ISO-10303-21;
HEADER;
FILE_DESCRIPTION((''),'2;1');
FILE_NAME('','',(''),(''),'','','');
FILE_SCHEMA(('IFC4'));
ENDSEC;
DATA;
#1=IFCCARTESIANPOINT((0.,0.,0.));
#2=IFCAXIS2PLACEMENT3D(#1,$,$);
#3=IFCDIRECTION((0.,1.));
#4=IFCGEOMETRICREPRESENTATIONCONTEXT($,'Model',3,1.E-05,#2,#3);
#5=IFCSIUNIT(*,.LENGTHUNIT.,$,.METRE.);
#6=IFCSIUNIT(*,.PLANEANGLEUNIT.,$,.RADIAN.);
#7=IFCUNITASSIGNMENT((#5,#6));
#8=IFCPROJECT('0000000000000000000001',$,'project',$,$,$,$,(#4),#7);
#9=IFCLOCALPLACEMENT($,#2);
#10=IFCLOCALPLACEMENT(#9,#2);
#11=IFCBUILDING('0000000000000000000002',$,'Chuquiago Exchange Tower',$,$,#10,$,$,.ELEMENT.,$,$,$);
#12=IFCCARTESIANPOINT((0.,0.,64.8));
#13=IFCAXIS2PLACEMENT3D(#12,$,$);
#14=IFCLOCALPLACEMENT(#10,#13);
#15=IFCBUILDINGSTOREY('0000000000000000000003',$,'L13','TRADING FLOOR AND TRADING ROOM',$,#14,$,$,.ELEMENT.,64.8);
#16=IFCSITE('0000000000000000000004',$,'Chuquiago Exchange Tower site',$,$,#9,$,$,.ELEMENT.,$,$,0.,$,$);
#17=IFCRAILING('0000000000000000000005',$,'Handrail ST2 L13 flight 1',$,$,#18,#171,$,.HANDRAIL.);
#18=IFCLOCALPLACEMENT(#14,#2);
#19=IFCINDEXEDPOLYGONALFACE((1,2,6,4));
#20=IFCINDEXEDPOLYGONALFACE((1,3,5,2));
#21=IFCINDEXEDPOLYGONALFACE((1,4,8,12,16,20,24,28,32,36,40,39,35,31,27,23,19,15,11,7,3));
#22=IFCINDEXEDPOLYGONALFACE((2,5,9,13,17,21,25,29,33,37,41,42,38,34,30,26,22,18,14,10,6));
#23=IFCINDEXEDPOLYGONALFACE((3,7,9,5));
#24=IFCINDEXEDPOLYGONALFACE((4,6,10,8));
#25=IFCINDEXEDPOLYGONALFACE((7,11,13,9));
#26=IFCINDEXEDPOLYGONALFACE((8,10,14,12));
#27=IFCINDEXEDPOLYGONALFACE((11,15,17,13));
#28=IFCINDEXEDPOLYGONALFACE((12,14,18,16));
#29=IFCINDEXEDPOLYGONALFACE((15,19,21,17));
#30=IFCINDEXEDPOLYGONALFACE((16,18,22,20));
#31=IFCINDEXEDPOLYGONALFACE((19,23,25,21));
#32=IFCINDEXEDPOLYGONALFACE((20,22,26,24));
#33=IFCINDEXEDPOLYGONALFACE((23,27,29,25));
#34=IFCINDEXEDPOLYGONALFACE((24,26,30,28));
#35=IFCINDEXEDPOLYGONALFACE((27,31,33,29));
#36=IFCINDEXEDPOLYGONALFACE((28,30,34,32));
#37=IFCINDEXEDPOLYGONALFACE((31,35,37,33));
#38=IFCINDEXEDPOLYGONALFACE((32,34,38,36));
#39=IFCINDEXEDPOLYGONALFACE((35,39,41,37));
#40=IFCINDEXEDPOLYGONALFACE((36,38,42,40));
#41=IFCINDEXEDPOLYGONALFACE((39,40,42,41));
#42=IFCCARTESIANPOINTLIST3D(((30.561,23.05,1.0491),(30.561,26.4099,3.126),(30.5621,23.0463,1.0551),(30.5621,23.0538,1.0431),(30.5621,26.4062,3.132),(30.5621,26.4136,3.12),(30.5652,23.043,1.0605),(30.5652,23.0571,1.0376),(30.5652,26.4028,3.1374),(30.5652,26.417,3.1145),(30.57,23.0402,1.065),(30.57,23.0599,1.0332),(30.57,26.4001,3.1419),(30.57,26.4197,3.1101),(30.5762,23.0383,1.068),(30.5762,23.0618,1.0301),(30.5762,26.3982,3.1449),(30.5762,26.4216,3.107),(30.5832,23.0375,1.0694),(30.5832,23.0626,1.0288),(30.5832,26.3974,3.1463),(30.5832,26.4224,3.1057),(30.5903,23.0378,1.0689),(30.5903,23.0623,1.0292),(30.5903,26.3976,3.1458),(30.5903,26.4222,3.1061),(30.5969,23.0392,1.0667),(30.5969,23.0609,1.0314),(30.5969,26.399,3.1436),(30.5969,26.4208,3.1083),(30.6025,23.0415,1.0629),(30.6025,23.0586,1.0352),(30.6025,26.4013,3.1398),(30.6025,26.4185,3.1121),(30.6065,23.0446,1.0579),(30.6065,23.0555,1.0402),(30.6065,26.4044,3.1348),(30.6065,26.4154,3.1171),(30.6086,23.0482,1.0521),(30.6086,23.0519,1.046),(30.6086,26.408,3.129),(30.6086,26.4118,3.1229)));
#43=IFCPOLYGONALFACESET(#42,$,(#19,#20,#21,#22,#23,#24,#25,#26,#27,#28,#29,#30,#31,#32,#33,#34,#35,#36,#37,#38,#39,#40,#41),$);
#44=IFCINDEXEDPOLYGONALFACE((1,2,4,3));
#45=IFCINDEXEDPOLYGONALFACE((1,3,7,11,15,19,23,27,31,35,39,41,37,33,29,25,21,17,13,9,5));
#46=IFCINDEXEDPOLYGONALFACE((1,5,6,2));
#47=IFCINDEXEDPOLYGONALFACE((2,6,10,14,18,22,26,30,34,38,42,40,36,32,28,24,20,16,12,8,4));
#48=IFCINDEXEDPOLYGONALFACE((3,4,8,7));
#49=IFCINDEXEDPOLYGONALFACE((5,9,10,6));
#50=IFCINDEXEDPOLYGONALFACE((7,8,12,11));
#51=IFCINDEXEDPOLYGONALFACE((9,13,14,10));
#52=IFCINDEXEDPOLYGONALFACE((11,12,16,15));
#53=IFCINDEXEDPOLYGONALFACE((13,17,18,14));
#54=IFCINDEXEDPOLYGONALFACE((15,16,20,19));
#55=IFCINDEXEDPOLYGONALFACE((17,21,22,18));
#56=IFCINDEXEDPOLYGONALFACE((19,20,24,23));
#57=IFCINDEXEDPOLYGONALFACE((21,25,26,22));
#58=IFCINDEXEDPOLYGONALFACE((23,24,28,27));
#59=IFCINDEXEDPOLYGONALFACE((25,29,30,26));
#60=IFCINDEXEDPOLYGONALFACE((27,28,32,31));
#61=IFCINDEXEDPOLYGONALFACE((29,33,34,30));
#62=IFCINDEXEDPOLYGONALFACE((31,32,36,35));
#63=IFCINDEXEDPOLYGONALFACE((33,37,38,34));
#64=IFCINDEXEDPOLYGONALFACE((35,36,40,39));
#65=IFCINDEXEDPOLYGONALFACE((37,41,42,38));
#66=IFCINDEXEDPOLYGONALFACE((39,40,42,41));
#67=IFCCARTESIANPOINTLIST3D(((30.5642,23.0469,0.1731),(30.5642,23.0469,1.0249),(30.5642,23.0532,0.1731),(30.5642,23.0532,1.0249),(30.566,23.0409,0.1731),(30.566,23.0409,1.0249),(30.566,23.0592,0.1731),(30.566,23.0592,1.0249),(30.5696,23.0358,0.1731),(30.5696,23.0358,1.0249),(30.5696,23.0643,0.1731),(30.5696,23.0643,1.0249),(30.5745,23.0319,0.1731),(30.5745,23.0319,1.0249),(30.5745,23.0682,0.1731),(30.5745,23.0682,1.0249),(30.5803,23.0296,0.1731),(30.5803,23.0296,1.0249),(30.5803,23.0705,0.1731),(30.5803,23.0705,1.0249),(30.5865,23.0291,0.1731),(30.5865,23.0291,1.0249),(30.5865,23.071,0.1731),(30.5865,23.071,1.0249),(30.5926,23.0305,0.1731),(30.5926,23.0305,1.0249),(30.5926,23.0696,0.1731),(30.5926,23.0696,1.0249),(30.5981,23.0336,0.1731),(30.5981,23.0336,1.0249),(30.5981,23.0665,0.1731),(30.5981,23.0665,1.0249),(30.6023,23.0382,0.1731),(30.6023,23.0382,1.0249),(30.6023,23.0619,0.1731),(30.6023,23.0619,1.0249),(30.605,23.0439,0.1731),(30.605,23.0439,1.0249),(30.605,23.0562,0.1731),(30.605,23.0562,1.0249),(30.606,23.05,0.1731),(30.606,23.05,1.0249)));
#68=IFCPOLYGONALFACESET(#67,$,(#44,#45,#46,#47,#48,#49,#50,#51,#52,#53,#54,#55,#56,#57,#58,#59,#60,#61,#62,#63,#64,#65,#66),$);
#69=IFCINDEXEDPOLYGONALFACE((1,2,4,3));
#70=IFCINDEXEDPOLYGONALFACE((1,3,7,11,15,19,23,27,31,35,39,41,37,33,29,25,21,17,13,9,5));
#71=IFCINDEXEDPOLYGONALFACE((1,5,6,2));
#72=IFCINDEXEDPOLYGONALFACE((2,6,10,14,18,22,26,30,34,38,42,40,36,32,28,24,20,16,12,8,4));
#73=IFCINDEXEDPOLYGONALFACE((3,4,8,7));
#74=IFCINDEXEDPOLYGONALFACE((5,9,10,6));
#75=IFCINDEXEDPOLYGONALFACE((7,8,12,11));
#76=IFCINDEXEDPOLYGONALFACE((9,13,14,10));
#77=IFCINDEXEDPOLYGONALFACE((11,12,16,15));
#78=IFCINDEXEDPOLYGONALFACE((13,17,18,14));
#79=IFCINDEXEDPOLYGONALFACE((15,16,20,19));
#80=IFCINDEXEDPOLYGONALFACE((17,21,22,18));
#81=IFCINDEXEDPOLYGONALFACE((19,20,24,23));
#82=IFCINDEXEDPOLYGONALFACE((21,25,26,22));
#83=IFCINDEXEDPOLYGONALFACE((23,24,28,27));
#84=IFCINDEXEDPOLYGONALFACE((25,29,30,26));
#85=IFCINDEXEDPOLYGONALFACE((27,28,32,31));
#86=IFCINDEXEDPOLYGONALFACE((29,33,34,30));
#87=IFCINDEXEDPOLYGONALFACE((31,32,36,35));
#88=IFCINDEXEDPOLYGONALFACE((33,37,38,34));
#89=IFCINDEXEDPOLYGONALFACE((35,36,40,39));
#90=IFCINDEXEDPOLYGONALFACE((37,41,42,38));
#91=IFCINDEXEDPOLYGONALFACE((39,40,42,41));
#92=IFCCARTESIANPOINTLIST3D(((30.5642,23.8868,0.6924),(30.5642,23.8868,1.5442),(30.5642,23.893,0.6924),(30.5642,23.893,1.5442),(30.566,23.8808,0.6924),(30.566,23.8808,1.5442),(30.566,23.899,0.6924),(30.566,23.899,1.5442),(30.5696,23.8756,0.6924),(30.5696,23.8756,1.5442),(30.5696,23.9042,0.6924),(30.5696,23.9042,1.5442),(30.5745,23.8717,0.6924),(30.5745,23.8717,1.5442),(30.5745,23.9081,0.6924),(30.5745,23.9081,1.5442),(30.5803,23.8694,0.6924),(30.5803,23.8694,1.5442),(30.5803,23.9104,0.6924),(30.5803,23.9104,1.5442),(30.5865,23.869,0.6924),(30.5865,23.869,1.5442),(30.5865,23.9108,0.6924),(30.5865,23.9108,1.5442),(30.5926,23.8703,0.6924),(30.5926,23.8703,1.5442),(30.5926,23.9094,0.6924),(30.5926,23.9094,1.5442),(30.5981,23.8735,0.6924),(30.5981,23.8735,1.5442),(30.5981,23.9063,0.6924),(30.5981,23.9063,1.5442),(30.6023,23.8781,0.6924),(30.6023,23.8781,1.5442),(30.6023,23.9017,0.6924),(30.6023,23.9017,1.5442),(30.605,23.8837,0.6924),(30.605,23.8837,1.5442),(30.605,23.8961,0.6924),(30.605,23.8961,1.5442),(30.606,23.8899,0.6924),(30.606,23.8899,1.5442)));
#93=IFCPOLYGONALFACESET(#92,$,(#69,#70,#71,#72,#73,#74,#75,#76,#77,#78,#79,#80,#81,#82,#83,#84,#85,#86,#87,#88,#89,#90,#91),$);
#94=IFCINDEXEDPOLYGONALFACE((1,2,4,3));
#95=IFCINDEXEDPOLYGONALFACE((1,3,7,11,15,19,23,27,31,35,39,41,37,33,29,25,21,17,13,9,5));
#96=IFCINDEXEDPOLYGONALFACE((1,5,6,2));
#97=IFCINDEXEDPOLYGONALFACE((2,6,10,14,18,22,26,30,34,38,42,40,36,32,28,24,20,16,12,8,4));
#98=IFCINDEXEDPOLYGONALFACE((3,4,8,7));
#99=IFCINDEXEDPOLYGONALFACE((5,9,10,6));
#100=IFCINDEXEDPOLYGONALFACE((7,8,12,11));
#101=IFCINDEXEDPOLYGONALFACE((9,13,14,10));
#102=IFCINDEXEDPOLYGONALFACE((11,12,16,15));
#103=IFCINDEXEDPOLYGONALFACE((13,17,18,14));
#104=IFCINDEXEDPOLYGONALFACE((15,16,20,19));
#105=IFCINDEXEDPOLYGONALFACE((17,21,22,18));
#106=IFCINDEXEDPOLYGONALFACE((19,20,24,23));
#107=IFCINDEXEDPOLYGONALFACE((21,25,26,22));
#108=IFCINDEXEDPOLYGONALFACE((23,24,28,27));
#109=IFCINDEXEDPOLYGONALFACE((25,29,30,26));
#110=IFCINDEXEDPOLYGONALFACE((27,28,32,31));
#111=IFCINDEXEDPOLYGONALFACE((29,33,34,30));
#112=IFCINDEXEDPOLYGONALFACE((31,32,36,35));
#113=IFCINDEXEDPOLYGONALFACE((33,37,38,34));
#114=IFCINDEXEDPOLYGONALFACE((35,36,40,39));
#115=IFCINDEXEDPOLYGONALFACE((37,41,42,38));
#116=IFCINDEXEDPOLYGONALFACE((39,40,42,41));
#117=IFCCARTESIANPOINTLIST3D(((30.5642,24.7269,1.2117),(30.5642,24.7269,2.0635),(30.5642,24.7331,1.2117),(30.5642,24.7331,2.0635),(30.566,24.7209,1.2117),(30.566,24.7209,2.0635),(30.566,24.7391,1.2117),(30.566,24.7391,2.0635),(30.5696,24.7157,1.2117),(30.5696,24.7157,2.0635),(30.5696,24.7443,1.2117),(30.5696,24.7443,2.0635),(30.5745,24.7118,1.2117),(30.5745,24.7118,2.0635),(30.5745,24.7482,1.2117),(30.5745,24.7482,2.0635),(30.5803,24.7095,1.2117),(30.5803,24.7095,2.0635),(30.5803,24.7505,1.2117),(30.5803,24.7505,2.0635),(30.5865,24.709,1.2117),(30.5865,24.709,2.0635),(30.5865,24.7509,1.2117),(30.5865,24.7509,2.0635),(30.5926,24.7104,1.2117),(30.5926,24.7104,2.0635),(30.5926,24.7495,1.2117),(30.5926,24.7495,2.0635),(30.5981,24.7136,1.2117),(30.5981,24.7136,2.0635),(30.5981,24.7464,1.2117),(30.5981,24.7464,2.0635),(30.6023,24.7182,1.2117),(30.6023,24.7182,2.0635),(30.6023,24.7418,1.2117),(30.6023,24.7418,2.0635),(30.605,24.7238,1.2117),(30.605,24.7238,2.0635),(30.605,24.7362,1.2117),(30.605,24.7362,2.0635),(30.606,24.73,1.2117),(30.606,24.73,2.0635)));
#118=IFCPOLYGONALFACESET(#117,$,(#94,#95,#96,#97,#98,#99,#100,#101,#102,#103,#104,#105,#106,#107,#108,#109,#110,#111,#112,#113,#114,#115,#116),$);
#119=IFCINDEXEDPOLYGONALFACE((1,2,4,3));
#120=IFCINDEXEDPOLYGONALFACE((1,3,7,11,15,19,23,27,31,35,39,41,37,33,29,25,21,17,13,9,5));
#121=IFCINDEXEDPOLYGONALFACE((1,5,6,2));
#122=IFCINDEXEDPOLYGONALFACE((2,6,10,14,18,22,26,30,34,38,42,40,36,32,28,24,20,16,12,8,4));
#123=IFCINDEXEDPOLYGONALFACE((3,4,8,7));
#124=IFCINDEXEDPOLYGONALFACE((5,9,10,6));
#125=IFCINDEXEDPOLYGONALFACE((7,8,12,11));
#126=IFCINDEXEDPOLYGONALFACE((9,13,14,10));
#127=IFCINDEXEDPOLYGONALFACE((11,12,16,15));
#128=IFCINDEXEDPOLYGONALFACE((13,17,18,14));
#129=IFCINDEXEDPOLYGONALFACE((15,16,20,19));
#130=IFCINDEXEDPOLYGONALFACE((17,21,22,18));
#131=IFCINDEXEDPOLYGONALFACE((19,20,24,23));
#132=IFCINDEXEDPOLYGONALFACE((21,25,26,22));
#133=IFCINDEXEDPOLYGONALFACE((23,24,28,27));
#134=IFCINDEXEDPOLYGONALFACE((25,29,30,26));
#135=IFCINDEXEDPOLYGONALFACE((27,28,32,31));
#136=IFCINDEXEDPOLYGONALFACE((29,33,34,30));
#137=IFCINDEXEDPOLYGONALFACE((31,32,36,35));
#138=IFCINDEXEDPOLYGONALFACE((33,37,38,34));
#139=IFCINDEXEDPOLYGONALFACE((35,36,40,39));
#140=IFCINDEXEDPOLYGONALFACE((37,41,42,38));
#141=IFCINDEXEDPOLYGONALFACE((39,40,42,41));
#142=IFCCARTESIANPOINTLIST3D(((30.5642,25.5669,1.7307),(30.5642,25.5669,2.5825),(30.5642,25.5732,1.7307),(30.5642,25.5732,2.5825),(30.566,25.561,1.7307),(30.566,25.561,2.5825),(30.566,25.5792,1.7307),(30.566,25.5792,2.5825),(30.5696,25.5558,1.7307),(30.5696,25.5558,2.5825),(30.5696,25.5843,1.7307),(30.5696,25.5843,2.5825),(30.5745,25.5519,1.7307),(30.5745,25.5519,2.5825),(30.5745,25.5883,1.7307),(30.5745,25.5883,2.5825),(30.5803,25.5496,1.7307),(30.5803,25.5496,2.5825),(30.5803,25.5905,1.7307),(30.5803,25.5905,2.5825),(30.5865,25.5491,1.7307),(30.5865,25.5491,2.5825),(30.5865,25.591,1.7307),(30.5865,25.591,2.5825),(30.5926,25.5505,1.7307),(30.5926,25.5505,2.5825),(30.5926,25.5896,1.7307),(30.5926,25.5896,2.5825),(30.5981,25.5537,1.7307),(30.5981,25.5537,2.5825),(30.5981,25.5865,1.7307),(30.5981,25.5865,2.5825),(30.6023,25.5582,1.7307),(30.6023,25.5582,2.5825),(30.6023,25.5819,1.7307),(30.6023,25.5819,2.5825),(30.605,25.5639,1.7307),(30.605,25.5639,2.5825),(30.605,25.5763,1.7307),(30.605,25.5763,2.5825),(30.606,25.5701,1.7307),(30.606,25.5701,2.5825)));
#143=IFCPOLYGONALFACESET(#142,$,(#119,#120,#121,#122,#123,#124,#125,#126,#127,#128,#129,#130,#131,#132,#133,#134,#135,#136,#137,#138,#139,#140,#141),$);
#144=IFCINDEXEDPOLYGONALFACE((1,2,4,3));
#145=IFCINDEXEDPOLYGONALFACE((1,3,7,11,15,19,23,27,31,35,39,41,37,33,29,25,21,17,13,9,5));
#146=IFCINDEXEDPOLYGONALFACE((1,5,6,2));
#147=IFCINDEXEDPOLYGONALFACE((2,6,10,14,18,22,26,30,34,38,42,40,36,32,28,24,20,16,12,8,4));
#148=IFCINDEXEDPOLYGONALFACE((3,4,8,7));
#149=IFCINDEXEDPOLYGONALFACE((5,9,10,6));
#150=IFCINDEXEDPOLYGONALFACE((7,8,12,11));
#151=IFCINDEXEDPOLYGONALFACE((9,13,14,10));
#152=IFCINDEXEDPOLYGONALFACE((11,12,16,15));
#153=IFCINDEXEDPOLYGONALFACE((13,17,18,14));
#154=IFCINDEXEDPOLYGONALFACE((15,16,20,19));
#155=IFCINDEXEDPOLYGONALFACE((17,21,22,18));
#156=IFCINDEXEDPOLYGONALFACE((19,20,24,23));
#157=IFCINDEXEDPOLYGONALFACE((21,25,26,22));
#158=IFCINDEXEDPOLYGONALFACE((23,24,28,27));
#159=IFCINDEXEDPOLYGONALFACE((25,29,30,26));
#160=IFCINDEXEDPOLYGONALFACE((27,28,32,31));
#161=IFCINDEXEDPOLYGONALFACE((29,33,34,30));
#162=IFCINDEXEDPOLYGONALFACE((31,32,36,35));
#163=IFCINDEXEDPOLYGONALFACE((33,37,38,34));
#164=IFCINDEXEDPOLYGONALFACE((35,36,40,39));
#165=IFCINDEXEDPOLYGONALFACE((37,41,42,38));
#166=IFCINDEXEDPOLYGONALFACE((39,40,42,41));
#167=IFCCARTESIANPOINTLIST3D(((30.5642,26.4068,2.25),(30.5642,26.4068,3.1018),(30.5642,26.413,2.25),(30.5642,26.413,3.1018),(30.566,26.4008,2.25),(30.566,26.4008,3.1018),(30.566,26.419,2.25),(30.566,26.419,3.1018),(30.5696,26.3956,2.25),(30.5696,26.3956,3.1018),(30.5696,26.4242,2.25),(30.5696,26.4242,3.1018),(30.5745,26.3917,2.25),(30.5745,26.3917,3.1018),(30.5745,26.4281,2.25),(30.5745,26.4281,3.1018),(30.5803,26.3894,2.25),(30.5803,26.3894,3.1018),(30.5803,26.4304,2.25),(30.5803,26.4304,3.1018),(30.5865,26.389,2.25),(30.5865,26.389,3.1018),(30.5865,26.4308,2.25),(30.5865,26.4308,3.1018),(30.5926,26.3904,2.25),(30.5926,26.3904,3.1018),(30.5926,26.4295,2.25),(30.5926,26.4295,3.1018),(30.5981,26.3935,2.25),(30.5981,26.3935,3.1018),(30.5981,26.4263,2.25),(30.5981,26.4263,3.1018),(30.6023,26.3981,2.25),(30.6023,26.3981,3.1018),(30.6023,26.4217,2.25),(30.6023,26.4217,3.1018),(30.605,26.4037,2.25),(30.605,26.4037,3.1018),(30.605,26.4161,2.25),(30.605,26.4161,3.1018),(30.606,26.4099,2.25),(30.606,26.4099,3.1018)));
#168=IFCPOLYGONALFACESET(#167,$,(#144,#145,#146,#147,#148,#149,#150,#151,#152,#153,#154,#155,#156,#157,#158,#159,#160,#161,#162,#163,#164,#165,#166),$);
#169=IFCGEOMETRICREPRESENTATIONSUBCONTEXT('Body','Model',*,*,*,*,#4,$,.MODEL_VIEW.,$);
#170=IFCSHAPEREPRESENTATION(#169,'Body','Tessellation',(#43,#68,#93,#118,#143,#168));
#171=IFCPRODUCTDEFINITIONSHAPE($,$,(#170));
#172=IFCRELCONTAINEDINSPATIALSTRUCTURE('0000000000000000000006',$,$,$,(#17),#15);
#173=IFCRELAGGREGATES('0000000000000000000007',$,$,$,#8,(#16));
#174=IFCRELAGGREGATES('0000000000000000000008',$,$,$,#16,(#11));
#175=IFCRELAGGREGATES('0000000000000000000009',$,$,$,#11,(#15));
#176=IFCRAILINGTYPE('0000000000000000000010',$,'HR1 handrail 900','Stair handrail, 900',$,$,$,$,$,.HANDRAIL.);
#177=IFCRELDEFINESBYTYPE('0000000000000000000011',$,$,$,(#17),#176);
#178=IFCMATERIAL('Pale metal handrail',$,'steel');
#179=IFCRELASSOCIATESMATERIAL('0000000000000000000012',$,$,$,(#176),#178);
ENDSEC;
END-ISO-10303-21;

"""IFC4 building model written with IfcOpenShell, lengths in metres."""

from ifc_helpers import new_model, si_unit, direction, frame, origin, origin_2d, place, context, subcontext, project, spatial, circle, extrude, material, type_object, element, save


model = new_model("IFC4")

# Units and contexts
model_context = context("Model", 3, precision=1e-05, world=origin(), true_north=direction((0.0, 1.0)))
body_context = subcontext(model_context, "Body", "Model", "MODEL_VIEW")
ifc_project = project(units=[si_unit("LENGTHUNIT", "METRE"), si_unit("PLANEANGLEUNIT", "RADIAN")], contexts=[model_context])

# Site, building, storey
site_placement = place(None, origin())
site = spatial("IfcSite", under=ifc_project, at=site_placement, Name="Chuquiago Exchange Tower site", CompositionType="ELEMENT", RefElevation=0.0)
building_placement = place(site_placement, origin())
building = spatial("IfcBuilding", under=site, at=building_placement, Name="Chuquiago Exchange Tower", CompositionType="ELEMENT")
storey_placement = place(building_placement, frame((0.0, 0.0, 64.8)))
storey = spatial("IfcBuildingStorey", under=building, at=storey_placement, Name="L13", Description="TRADING FLOOR AND TRADING ROOM", CompositionType="ELEMENT", Elevation=64.8)

# Railing
ifc_material_1 = material(Name="Pale metal handrail", Category="steel")
railing_type = type_object("IfcRailingType", Name="HR1 handrail 900", Description="Stair handrail, 900", PredefinedType="HANDRAIL", material=ifc_material_1)
for number, where, name in (
    (1, (30.585, 23.05, 0.1731), "Handrail ST2 L13 flight 1"),
):
    element("IfcRailing", number, at=place(storey_placement, frame(where)), inside=storey, type_object=railing_type, Name=name, PredefinedType="HANDRAIL", context=body_context, shape_type="SweptSolid", body=[
        extrude(circle(Radius=0.0239, at=origin_2d()), frame((0.0, 0.0, 0.876), z_axis=(0.0, 0.850606, 0.525803), x_axis=(-1.0, 0.0, 0.0)), (0.0, 0.0, 1.0), 3.95),
        extrude(circle(Radius=0.021, at=origin_2d()), origin(), (0.0, 0.0, 1.0), 0.8518),
        extrude(circle(Radius=0.021, at=origin_2d()), frame((0.0, 0.8398, 0.5193)), (0.0, 0.0, 1.0), 0.8518),
        extrude(circle(Radius=0.021, at=origin_2d()), frame((0.0, 1.6799, 1.0386)), (0.0, 0.0, 1.0), 0.8518),
        extrude(circle(Radius=0.021, at=origin_2d()), frame((0.0, 2.52, 1.5576)), (0.0, 0.0, 1.0), 0.8518),
        extrude(circle(Radius=0.021, at=origin_2d()), frame((0.0, 3.3599, 2.0769)), (0.0, 0.0, 1.0), 0.8518),
    ])

save(model, "model.ifc")
